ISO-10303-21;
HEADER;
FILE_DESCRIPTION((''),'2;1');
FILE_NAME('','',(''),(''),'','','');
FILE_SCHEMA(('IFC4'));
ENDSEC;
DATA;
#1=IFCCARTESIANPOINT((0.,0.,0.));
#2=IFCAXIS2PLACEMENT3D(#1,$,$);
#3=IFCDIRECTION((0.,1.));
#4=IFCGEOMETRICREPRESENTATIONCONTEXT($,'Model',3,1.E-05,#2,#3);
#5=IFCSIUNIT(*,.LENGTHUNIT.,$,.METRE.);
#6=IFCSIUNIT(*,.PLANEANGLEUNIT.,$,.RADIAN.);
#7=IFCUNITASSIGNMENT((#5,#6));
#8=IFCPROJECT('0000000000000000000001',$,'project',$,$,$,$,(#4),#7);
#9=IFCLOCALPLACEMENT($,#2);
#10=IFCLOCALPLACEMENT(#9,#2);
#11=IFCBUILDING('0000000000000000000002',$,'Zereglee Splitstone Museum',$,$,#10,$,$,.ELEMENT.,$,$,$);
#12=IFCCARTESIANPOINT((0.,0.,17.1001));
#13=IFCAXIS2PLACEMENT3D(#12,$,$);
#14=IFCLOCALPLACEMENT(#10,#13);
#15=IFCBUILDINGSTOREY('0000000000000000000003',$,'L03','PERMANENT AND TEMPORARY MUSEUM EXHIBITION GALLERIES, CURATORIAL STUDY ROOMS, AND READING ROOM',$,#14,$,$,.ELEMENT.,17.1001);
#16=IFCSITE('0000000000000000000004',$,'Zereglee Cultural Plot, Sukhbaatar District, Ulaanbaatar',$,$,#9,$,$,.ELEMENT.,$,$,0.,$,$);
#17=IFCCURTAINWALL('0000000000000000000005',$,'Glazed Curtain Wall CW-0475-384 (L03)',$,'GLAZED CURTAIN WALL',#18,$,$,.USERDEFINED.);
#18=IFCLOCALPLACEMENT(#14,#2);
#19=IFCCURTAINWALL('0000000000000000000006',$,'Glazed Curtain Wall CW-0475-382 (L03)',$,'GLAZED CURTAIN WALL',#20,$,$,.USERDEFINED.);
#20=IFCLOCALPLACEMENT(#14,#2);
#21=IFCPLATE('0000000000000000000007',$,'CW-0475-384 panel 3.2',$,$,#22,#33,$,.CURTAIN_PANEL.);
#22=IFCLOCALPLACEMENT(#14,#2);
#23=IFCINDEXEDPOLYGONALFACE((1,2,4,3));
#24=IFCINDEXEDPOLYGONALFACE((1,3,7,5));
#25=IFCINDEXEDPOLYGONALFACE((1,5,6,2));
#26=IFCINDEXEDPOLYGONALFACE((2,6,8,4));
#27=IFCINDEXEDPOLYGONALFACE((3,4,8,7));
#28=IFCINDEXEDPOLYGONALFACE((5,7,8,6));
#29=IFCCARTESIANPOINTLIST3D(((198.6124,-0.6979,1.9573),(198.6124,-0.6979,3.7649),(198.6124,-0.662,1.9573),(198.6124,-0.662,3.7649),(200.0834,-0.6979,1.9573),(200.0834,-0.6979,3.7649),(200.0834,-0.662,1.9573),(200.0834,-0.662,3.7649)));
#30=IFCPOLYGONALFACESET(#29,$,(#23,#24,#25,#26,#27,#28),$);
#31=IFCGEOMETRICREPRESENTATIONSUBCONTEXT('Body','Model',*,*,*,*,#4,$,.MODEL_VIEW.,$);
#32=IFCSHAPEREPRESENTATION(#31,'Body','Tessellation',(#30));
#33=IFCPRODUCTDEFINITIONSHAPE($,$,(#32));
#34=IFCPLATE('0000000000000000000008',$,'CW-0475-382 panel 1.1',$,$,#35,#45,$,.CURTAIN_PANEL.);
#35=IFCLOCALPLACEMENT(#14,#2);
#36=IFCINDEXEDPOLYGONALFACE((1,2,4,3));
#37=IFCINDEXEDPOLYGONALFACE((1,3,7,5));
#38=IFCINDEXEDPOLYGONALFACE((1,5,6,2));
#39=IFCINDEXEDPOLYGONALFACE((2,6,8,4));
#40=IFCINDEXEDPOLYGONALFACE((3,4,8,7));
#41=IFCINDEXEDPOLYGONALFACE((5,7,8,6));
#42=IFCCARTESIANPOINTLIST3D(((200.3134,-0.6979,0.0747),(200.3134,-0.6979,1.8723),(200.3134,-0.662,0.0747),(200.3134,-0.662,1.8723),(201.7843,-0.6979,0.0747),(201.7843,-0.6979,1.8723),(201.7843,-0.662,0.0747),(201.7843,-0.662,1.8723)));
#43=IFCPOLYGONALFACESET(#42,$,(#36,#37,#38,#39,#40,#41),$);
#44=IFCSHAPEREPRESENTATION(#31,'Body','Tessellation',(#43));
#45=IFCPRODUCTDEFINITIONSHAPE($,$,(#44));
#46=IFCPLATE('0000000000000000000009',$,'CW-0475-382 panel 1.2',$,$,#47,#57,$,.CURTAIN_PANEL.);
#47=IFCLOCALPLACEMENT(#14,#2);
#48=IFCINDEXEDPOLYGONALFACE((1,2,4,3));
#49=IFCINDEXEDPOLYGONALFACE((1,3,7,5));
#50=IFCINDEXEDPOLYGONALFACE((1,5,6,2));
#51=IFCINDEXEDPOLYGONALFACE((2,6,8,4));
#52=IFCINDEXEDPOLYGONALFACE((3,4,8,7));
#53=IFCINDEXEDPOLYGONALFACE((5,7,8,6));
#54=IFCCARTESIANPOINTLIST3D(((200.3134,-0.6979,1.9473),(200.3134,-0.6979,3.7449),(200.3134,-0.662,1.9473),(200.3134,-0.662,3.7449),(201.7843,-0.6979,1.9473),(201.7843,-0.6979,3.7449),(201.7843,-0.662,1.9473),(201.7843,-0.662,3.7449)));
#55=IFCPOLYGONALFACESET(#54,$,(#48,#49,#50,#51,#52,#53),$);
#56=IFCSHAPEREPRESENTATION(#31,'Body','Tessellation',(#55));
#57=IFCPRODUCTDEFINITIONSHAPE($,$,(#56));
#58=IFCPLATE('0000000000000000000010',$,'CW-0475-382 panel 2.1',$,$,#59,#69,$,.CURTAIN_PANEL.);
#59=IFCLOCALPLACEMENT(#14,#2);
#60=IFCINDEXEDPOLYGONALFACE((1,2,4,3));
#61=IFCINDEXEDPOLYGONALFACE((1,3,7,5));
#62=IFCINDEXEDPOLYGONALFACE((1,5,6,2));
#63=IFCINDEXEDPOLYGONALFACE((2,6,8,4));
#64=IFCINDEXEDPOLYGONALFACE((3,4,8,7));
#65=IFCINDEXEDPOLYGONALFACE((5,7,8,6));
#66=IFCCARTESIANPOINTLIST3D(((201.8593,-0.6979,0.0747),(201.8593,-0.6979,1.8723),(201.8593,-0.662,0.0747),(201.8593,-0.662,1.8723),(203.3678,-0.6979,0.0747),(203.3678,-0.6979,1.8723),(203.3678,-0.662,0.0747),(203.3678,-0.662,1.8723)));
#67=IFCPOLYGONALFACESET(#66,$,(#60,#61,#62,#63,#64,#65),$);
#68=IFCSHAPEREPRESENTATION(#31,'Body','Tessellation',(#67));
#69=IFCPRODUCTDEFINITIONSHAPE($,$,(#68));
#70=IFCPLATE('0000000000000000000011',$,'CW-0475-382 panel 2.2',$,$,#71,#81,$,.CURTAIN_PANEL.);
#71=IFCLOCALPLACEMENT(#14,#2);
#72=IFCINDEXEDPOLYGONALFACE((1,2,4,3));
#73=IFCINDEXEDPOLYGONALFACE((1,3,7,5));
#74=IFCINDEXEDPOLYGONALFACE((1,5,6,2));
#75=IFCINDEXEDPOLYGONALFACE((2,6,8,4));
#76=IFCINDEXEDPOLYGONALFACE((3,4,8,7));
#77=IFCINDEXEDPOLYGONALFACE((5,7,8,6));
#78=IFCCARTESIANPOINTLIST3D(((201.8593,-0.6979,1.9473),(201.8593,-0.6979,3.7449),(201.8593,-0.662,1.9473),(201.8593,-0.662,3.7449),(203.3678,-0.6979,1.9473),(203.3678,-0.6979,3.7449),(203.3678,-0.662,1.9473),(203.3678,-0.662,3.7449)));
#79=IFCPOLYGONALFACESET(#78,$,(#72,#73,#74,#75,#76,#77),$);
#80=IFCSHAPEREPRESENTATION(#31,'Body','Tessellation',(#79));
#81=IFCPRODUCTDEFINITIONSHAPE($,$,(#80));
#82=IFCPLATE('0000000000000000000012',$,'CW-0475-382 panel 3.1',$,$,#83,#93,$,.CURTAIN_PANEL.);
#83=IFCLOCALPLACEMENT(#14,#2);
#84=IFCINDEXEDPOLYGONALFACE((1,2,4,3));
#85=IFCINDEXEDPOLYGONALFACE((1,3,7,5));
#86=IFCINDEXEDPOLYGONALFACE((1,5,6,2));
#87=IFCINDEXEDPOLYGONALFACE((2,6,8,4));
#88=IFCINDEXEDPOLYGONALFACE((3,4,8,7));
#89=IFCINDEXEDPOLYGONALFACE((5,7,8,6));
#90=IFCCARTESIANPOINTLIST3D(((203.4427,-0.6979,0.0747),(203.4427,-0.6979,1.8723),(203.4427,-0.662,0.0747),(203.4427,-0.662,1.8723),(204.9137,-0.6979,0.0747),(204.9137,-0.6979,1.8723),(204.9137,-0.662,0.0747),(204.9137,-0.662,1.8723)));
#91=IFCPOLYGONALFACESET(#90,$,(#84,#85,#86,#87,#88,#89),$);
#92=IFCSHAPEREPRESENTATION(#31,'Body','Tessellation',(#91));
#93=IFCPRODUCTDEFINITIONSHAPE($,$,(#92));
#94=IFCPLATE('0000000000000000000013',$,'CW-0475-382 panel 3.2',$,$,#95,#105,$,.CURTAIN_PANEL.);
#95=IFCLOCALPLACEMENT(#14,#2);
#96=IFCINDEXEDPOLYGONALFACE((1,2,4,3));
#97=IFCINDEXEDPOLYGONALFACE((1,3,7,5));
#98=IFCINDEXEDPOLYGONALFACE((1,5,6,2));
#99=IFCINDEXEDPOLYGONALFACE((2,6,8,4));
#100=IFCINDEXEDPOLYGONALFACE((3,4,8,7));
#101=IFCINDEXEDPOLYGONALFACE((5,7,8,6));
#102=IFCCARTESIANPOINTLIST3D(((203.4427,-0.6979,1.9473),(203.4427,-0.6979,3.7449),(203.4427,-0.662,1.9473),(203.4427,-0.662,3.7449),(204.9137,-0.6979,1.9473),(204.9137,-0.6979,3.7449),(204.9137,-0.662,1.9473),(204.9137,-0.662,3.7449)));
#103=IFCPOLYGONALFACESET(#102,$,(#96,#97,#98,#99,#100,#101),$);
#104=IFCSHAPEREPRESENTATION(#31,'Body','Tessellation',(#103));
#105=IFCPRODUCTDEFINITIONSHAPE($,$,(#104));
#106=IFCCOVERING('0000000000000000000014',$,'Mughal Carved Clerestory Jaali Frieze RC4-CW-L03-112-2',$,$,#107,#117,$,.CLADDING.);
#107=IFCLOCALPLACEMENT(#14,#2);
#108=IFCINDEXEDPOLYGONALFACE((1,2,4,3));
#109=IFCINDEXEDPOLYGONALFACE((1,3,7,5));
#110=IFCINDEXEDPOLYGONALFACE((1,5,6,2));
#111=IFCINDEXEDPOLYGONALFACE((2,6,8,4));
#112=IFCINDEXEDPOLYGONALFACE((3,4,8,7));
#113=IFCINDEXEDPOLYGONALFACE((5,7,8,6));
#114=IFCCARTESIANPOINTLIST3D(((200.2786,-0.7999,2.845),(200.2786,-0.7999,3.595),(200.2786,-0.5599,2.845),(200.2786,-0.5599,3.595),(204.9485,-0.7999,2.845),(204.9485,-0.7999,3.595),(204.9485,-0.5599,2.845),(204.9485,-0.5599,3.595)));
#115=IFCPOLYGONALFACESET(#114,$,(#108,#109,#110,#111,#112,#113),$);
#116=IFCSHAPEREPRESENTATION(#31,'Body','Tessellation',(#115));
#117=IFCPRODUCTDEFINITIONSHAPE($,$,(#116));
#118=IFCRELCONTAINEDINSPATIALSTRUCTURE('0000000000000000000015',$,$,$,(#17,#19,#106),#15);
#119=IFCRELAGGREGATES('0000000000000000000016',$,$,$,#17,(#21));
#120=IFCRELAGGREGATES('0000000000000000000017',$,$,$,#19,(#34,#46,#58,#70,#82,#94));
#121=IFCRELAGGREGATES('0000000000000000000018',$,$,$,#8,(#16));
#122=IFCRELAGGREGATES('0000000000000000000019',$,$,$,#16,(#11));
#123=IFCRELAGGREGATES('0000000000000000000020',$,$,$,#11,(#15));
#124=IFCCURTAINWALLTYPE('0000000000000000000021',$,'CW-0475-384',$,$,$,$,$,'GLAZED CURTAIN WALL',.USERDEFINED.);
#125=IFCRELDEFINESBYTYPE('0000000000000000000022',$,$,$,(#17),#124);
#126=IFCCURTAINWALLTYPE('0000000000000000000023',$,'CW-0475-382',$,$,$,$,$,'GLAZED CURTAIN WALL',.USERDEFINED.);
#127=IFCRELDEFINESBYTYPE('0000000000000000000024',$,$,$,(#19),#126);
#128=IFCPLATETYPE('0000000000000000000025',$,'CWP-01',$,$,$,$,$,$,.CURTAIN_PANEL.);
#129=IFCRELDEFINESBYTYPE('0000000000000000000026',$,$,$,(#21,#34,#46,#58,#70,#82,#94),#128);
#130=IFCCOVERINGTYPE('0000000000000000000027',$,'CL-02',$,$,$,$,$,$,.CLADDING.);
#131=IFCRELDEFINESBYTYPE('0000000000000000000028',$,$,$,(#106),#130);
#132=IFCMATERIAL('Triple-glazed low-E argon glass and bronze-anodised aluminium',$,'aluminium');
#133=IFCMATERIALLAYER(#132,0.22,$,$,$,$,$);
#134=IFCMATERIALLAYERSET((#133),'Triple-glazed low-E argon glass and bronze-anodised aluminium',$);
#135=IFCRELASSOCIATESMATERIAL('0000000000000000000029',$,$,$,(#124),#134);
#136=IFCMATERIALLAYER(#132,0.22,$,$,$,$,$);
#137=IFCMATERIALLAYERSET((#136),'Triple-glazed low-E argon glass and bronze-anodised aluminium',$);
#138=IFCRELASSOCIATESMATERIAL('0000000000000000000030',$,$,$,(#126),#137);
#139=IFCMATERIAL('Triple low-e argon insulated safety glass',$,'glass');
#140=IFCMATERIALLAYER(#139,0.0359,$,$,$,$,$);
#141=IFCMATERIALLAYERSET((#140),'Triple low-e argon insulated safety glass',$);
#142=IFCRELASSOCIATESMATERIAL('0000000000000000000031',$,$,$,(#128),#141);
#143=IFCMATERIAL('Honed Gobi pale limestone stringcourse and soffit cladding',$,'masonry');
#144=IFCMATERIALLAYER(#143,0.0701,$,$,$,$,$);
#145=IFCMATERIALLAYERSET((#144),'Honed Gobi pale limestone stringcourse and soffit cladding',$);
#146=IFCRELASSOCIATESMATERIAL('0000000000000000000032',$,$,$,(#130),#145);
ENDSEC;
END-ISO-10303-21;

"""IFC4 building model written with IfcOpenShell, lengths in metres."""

from ifc_helpers import new_model, si_unit, direction, frame, origin, origin_2d, place, context, subcontext, project, spatial, rectangle, extrude, material, layer, layer_set, type_object, element, aggregate, save


model = new_model("IFC4")

# Units and contexts
model_context = context("Model", 3, precision=1e-05, world=origin(), true_north=direction((0.0, 1.0)))
body_context = subcontext(model_context, "Body", "Model", "MODEL_VIEW")
ifc_project = project(units=[si_unit("LENGTHUNIT", "METRE"), si_unit("PLANEANGLEUNIT", "RADIAN")], contexts=[model_context])

# Site, building, storey
site_placement = place(None, origin())
site = spatial("IfcSite", under=ifc_project, at=site_placement, Name="Zereglee Cultural Plot, Sukhbaatar District, Ulaanbaatar", CompositionType="ELEMENT", RefElevation=0.0)
building_placement = place(site_placement, origin())
building = spatial("IfcBuilding", under=site, at=building_placement, Name="Zereglee Splitstone Museum", CompositionType="ELEMENT")
storey_placement = place(building_placement, frame((0.0, 0.0, 17.1001)))
storey = spatial("IfcBuildingStorey", under=building, at=storey_placement, Name="L03", Description="PERMANENT AND TEMPORARY MUSEUM EXHIBITION GALLERIES, CURATORIAL STUDY ROOMS, AND READING ROOM", CompositionType="ELEMENT", Elevation=17.1001)

# Curtain wall
ifc_material_1 = material(Name="Triple-glazed low-E argon glass and bronze-anodised aluminium", Category="aluminium")
ifc_layer_1 = layer(ifc_material_1, 0.22)
ifc_layer_set_1 = layer_set([ifc_layer_1], Name="Triple-glazed low-E argon glass and bronze-anodised aluminium")
curtain_wall_type_1 = type_object("IfcCurtainWallType", Name="CW-0475-384", ElementType="GLAZED CURTAIN WALL", PredefinedType="USERDEFINED", material=ifc_layer_set_1)
curtain_wall_1_placement = place(storey_placement, origin())
curtain_wall_1 = element("IfcCurtainWall", 1, at=curtain_wall_1_placement, inside=storey, type_object=curtain_wall_type_1, Name="Glazed Curtain Wall CW-0475-384 (L03)", ObjectType="GLAZED CURTAIN WALL", PredefinedType="USERDEFINED")

# Curtain wall
ifc_layer_2 = layer(ifc_material_1, 0.22)
ifc_layer_set_2 = layer_set([ifc_layer_2], Name="Triple-glazed low-E argon glass and bronze-anodised aluminium")
curtain_wall_type_2 = type_object("IfcCurtainWallType", Name="CW-0475-382", ElementType="GLAZED CURTAIN WALL", PredefinedType="USERDEFINED", material=ifc_layer_set_2)
curtain_wall_2_placement = place(storey_placement, origin())
curtain_wall_2 = element("IfcCurtainWall", 2, at=curtain_wall_2_placement, inside=storey, type_object=curtain_wall_type_2, Name="Glazed Curtain Wall CW-0475-382 (L03)", ObjectType="GLAZED CURTAIN WALL", PredefinedType="USERDEFINED")

# Plates
ifc_material_2 = material(Name="Triple low-e argon insulated safety glass", Category="glass")
ifc_layer_3 = layer(ifc_material_2, 0.0359)
ifc_layer_set_3 = layer_set([ifc_layer_3], Name="Triple low-e argon insulated safety glass")
plate_type = type_object("IfcPlateType", Name="CWP-01", PredefinedType="CURTAIN_PANEL", material=ifc_layer_set_3)
plate_1_placement = place(storey_placement, frame((199.3479, -0.6799, 1.9573), z_axis=(0.0, 0.0, 1.0), x_axis=(1.0, 0.0, 0.0)))
plate_1 = element("IfcPlate", 3, at=plate_1_placement, type_object=plate_type, Name="CW-0475-384 panel 3.2", PredefinedType="CURTAIN_PANEL", context=body_context, shape_type="SweptSolid", body=[
    extrude(rectangle(XDim=1.4709, YDim=0.0359, at=origin_2d()), origin(), (0.0, 0.0, 1.0), 1.8076),
])
aggregate(curtain_wall_1, [plate_1])
plate_2_placement = place(storey_placement, frame((201.0488, -0.6799, 0.0747), z_axis=(0.0, 0.0, 1.0), x_axis=(1.0, 0.0, 0.0)))
plate_2 = element("IfcPlate", 4, at=plate_2_placement, type_object=plate_type, Name="CW-0475-382 panel 1.1", PredefinedType="CURTAIN_PANEL", context=body_context, shape_type="SweptSolid", body=[
    extrude(rectangle(XDim=1.4709, YDim=0.0359, at=origin_2d()), origin(), (0.0, 0.0, 1.0), 1.7976),
])
plate_3_placement = place(storey_placement, frame((201.0488, -0.6799, 1.9473), z_axis=(0.0, 0.0, 1.0), x_axis=(1.0, 0.0, 0.0)))
plate_3 = element("IfcPlate", 5, at=plate_3_placement, type_object=plate_type, Name="CW-0475-382 panel 1.2", PredefinedType="CURTAIN_PANEL", context=body_context, shape_type="SweptSolid", body=[
    extrude(rectangle(XDim=1.4709, YDim=0.0359, at=origin_2d()), origin(), (0.0, 0.0, 1.0), 1.7976),
])
plate_4_placement = place(storey_placement, frame((202.6135, -0.6799, 0.0747), z_axis=(0.0, 0.0, 1.0), x_axis=(1.0, 0.0, 0.0)))
plate_4 = element("IfcPlate", 6, at=plate_4_placement, type_object=plate_type, Name="CW-0475-382 panel 2.1", PredefinedType="CURTAIN_PANEL", context=body_context, shape_type="SweptSolid", body=[
    extrude(rectangle(XDim=1.5085, YDim=0.0359, at=origin_2d()), origin(), (0.0, 0.0, 1.0), 1.7976),
])
plate_5_placement = place(storey_placement, frame((202.6135, -0.6799, 1.9473), z_axis=(0.0, 0.0, 1.0), x_axis=(1.0, 0.0, 0.0)))
plate_5 = element("IfcPlate", 7, at=plate_5_placement, type_object=plate_type, Name="CW-0475-382 panel 2.2", PredefinedType="CURTAIN_PANEL", context=body_context, shape_type="SweptSolid", body=[
    extrude(rectangle(XDim=1.5085, YDim=0.0359, at=origin_2d()), origin(), (0.0, 0.0, 1.0), 1.7976),
])
plate_6_placement = place(storey_placement, frame((204.1782, -0.6799, 0.0747), z_axis=(0.0, 0.0, 1.0), x_axis=(1.0, 0.0, 0.0)))
plate_6 = element("IfcPlate", 8, at=plate_6_placement, type_object=plate_type, Name="CW-0475-382 panel 3.1", PredefinedType="CURTAIN_PANEL", context=body_context, shape_type="SweptSolid", body=[
    extrude(rectangle(XDim=1.4709, YDim=0.0359, at=origin_2d()), origin(), (0.0, 0.0, 1.0), 1.7976),
])
plate_7_placement = place(storey_placement, frame((204.1782, -0.6799, 1.9473), z_axis=(0.0, 0.0, 1.0), x_axis=(1.0, 0.0, 0.0)))
plate_7 = element("IfcPlate", 9, at=plate_7_placement, type_object=plate_type, Name="CW-0475-382 panel 3.2", PredefinedType="CURTAIN_PANEL", context=body_context, shape_type="SweptSolid", body=[
    extrude(rectangle(XDim=1.4709, YDim=0.0359, at=origin_2d()), origin(), (0.0, 0.0, 1.0), 1.7976),
])
aggregate(curtain_wall_2, [plate_2, plate_3, plate_4, plate_5, plate_6, plate_7])

# Covering
ifc_material_3 = material(Name="Honed Gobi pale limestone stringcourse and soffit cladding", Category="masonry")
ifc_layer_4 = layer(ifc_material_3, 0.0701)
ifc_layer_set_4 = layer_set([ifc_layer_4], Name="Honed Gobi pale limestone stringcourse and soffit cladding")
covering_type = type_object("IfcCoveringType", Name="CL-02", PredefinedType="CLADDING", material=ifc_layer_set_4)
covering_placement = place(storey_placement, frame((202.6135, -0.6799, 2.845), z_axis=(0.0, 0.0, 1.0), x_axis=(1.0, 0.0, 0.0)))
element("IfcCovering", 10, at=covering_placement, inside=storey, type_object=covering_type, Name="Mughal Carved Clerestory Jaali Frieze RC4-CW-L03-112-2", PredefinedType="CLADDING", context=body_context, shape_type="SweptSolid", body=[
    extrude(rectangle(XDim=4.6699, YDim=0.24, at=origin_2d()), origin(), (0.0, 0.0, 1.0), 0.75),
])

save(model, "model.ifc")
